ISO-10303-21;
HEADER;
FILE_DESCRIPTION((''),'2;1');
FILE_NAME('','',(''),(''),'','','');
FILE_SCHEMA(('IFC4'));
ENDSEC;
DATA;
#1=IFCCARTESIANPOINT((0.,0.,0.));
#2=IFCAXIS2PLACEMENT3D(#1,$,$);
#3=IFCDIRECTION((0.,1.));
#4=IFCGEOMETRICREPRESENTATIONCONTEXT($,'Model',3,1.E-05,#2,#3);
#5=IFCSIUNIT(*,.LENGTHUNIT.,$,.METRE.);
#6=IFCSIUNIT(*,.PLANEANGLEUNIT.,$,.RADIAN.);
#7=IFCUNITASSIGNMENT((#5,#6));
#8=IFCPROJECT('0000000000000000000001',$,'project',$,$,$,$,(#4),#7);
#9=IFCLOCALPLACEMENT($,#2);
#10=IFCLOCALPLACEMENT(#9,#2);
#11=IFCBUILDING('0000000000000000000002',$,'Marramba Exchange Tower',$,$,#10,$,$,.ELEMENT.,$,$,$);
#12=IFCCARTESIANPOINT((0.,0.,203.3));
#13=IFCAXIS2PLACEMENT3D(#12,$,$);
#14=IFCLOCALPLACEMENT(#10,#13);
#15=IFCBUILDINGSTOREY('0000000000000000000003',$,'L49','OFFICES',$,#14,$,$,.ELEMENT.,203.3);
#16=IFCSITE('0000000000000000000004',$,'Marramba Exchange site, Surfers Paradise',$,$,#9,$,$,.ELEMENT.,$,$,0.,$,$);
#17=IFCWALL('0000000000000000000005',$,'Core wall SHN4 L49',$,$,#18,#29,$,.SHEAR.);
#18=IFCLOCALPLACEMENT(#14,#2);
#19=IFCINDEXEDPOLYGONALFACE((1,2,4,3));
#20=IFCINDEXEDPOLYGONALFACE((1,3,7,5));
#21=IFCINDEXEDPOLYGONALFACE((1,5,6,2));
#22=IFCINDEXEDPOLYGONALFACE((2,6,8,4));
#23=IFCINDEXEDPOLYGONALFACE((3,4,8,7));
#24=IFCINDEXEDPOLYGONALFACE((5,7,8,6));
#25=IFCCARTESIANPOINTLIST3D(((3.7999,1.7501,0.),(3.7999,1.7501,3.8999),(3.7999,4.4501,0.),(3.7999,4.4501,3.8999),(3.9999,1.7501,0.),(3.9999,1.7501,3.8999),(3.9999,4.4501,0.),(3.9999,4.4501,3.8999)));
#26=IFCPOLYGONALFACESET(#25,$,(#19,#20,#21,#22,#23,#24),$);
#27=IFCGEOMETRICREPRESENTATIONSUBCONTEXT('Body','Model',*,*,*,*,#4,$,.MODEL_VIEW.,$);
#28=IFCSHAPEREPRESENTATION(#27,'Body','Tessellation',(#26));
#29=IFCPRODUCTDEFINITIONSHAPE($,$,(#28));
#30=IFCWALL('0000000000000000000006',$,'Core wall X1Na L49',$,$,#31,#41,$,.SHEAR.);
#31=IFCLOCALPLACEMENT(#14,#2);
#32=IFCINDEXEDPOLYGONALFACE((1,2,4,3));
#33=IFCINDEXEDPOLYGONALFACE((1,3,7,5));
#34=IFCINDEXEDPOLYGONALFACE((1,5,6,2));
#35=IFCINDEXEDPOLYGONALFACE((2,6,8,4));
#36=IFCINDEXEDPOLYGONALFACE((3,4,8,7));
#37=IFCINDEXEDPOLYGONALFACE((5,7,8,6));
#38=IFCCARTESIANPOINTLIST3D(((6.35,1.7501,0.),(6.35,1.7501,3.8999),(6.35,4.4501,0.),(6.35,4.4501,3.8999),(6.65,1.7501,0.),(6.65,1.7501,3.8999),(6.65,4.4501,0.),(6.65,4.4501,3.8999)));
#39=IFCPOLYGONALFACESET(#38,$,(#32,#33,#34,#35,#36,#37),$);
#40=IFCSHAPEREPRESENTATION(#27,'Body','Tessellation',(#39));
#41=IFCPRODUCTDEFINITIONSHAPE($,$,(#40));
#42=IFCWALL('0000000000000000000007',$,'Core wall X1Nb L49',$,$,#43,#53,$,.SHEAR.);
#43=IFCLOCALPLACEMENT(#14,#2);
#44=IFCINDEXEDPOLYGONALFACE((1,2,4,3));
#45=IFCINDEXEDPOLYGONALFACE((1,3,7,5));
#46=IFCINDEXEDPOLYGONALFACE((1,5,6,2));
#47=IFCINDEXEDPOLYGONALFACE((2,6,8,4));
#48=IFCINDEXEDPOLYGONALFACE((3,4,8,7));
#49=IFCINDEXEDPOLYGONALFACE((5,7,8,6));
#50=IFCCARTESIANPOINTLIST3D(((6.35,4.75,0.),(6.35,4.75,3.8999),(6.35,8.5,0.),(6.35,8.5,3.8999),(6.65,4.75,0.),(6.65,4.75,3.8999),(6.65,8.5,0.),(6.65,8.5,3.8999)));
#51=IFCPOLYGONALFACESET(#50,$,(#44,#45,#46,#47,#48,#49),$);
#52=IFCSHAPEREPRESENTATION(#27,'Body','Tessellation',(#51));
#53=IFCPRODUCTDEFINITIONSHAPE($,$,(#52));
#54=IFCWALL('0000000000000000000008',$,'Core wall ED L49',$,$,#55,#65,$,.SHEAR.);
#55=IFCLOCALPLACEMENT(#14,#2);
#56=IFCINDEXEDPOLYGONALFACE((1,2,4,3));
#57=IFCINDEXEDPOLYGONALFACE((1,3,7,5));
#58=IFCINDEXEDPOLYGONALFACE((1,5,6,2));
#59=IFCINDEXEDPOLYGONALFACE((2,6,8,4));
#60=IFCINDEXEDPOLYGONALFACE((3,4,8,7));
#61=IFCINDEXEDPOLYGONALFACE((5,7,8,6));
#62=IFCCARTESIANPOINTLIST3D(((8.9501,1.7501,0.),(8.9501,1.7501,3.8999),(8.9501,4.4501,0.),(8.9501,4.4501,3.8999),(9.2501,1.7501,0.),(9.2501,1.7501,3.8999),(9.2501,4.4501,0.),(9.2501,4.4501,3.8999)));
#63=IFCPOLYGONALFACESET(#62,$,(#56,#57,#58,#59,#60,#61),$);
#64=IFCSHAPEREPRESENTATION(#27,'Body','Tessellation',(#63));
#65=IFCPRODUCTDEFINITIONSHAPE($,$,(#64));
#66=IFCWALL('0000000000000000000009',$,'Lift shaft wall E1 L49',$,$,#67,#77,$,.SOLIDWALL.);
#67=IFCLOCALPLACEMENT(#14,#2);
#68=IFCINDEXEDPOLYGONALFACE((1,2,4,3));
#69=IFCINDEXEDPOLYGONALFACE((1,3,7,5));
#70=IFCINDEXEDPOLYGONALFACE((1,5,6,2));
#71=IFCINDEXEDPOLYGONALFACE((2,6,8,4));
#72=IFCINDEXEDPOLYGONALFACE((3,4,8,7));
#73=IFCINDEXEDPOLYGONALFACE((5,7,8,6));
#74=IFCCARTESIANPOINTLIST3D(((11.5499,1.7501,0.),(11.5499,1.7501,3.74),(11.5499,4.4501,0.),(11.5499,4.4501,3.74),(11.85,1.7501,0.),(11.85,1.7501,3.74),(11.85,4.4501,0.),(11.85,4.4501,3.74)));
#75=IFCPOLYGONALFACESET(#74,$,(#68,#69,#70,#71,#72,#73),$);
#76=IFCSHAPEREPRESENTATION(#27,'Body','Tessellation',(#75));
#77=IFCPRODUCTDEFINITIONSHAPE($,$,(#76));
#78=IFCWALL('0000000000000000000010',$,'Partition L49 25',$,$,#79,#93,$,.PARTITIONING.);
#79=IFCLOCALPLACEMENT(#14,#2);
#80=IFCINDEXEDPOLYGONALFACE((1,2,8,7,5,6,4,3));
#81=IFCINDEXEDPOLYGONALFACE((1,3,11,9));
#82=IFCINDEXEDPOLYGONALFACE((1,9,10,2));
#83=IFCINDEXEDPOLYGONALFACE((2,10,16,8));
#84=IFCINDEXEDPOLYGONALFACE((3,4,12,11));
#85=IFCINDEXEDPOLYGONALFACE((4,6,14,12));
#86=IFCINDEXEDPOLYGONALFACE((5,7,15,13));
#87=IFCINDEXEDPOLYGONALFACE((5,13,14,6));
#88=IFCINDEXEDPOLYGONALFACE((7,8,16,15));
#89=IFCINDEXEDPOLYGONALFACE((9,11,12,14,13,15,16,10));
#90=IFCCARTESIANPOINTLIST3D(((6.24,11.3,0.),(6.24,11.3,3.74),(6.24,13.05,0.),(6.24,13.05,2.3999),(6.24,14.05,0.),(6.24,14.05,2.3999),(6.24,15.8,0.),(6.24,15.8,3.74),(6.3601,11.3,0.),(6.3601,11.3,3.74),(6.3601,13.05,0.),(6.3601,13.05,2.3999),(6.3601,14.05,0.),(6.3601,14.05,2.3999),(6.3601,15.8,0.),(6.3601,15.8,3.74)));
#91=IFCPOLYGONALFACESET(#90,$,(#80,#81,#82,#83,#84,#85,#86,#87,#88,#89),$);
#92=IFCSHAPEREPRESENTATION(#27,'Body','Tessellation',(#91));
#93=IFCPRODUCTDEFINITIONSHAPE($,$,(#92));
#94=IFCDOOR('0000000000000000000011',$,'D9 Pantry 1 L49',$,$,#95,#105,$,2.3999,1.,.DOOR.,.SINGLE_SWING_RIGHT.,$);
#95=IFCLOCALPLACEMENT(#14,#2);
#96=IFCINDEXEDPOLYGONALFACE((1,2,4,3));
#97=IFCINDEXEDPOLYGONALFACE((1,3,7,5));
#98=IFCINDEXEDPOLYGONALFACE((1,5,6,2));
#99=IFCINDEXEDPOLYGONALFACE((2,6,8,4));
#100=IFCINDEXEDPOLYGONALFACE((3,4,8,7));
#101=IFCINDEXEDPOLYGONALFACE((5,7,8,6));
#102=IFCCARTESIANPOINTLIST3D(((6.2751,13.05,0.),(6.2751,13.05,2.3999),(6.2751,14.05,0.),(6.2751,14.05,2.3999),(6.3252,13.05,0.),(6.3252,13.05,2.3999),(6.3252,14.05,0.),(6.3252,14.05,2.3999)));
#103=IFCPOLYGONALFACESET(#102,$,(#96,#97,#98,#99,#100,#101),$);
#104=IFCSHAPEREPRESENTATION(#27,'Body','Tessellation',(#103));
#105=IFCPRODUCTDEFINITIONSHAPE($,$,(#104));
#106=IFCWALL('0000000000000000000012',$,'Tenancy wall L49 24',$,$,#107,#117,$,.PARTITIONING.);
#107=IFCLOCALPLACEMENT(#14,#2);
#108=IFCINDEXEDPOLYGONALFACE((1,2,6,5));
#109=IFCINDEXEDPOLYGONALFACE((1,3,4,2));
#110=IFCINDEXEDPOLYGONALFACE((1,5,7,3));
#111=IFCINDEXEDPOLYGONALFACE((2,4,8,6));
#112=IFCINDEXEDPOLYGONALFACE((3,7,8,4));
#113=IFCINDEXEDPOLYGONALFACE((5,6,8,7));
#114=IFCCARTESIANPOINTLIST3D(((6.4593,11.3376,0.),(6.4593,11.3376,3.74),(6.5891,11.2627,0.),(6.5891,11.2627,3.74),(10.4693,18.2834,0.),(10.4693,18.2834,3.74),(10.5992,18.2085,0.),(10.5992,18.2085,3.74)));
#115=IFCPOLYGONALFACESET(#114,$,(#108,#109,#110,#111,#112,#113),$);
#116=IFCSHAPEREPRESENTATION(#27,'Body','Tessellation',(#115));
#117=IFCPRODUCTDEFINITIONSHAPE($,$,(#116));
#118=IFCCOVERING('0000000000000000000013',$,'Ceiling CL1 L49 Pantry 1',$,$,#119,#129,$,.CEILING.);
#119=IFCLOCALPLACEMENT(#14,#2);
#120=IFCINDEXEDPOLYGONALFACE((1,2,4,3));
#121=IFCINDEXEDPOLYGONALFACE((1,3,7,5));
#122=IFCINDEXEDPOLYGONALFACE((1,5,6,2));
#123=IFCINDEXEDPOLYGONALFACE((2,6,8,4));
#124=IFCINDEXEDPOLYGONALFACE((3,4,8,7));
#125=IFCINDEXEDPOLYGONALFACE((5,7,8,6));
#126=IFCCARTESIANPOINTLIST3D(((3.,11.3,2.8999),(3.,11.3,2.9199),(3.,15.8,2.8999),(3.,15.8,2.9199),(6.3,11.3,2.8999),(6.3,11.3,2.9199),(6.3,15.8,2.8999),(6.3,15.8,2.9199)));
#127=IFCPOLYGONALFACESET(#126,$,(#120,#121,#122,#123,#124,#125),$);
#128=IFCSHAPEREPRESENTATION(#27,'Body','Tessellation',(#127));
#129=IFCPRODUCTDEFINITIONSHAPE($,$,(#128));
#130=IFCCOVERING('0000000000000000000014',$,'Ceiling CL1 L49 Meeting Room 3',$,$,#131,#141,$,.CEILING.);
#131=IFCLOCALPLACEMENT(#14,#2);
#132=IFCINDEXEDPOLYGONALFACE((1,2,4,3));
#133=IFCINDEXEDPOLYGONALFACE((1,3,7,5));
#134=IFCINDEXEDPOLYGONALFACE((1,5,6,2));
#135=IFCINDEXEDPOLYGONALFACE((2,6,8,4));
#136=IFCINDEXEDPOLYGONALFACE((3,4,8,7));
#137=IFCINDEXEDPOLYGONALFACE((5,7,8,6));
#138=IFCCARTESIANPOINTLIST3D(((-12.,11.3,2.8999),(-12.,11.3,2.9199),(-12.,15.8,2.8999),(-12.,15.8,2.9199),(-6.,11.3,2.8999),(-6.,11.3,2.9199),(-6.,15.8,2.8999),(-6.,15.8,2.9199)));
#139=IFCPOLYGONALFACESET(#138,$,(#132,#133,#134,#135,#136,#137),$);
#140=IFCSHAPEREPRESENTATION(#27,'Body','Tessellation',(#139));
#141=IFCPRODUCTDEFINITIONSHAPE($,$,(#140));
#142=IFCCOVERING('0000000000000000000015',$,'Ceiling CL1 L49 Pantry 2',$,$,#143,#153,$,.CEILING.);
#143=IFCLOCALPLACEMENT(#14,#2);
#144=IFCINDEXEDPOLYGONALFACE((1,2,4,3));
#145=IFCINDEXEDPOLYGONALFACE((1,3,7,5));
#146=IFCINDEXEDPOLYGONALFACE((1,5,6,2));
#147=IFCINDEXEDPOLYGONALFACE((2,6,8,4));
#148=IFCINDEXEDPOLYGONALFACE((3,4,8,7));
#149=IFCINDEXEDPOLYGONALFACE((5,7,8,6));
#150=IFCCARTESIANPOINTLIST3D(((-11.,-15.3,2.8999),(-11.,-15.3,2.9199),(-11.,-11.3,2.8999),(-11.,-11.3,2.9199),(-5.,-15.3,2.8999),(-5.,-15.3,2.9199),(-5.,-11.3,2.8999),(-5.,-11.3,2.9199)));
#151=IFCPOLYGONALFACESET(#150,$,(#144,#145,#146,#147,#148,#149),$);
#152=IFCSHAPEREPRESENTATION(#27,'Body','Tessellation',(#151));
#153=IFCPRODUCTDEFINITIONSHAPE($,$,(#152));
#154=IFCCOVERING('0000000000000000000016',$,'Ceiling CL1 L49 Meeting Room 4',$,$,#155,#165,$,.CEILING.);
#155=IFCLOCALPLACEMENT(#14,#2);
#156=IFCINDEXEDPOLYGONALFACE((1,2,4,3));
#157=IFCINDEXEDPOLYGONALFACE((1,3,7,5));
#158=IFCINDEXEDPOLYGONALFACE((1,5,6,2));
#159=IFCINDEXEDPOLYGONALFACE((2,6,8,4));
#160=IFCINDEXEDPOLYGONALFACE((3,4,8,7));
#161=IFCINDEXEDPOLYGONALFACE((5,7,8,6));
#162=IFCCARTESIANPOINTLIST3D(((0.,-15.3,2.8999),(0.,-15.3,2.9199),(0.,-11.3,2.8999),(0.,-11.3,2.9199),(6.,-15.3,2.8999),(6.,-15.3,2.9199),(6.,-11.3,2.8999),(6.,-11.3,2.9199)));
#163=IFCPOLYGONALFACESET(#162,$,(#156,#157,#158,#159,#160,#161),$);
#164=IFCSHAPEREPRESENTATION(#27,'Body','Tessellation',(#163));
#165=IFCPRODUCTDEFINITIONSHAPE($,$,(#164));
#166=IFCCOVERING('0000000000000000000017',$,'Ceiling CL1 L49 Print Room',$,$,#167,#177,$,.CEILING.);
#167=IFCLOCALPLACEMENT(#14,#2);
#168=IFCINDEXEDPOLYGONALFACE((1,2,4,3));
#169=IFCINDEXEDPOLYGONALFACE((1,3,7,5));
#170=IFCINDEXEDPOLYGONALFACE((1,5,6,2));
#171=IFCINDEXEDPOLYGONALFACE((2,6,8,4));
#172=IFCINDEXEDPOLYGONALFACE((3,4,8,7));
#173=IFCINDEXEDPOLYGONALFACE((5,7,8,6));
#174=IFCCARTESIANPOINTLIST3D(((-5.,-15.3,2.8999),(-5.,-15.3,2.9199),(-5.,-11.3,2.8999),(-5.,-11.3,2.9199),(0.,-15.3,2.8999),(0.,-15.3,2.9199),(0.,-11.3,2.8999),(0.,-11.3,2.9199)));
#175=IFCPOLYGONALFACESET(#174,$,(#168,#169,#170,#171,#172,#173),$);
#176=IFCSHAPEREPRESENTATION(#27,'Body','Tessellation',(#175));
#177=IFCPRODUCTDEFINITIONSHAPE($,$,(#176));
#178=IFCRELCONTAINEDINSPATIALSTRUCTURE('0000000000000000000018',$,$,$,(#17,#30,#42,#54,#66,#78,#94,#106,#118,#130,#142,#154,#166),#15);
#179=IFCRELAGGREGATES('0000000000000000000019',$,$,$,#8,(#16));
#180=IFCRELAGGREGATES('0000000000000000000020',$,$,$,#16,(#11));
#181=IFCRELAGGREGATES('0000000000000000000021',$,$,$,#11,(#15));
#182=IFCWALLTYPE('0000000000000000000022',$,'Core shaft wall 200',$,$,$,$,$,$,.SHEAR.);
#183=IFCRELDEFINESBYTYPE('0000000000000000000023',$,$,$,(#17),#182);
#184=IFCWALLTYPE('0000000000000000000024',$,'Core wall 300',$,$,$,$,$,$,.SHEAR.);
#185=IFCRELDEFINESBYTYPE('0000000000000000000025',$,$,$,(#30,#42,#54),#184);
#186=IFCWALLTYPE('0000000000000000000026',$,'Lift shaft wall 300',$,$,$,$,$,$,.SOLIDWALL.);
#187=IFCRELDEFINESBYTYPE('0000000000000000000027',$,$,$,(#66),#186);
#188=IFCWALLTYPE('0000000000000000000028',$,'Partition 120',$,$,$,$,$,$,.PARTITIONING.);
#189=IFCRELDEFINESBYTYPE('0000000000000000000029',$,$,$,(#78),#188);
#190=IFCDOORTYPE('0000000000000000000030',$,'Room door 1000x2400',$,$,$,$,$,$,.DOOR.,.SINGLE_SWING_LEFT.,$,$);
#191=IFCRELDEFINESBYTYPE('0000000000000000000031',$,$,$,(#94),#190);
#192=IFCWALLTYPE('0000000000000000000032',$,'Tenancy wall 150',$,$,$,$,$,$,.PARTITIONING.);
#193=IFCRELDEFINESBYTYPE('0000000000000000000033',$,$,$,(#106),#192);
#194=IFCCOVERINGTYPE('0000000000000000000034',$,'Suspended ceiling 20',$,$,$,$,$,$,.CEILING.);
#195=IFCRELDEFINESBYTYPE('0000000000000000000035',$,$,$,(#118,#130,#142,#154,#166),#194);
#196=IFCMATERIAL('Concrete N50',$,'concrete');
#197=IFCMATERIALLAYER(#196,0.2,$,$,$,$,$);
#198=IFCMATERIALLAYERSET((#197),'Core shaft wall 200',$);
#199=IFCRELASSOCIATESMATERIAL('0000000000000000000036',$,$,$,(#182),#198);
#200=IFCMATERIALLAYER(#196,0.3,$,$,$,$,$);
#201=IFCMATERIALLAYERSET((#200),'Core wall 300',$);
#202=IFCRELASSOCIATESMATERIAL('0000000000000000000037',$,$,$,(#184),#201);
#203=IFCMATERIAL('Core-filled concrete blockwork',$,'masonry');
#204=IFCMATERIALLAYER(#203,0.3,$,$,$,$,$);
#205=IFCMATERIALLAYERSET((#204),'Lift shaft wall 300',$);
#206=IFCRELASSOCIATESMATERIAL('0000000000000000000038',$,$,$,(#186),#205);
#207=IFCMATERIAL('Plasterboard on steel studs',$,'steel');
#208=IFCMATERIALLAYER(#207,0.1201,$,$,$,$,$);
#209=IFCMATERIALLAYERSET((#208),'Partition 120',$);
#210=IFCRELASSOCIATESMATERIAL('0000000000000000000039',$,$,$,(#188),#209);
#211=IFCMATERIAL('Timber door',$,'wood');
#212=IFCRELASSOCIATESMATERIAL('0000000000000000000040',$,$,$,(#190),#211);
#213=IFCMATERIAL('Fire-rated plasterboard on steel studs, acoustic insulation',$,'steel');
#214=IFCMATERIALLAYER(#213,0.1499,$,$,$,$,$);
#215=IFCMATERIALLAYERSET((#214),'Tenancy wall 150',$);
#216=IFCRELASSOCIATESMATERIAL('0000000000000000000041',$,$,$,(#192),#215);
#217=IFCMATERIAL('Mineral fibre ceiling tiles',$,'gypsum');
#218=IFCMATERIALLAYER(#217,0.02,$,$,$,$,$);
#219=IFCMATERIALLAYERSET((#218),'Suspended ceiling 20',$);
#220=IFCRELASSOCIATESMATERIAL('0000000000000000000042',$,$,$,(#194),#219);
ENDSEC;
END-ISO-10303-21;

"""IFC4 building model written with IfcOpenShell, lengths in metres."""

from ifc_helpers import new_model, si_unit, direction, frame, frame_2d, origin, place, context, subcontext, project, spatial, polyline, rectangle, outline, extrude, material, layer, layer_set, type_object, element, fill, save


model = new_model("IFC4")

# Units and contexts
model_context = context("Model", 3, precision=1e-05, world=origin(), true_north=direction((0.0, 1.0)))
body_context = subcontext(model_context, "Body", "Model", "MODEL_VIEW")
ifc_project = project(units=[si_unit("LENGTHUNIT", "METRE"), si_unit("PLANEANGLEUNIT", "RADIAN")], contexts=[model_context])

# Site, building, storey
site_placement = place(None, origin())
site = spatial("IfcSite", under=ifc_project, at=site_placement, Name="Marramba Exchange site, Surfers Paradise", CompositionType="ELEMENT", RefElevation=0.0)
building_placement = place(site_placement, origin())
building = spatial("IfcBuilding", under=site, at=building_placement, Name="Marramba Exchange Tower", CompositionType="ELEMENT")
storey_placement = place(building_placement, frame((0.0, 0.0, 203.3)))
storey = spatial("IfcBuildingStorey", under=building, at=storey_placement, Name="L49", Description="OFFICES", CompositionType="ELEMENT", Elevation=203.3)

# Shared definitions
ifc_material_1 = material(Name="Timber door", Category="wood")

# Walls
ifc_material_2 = material(Name="Concrete N50", Category="concrete")
ifc_layer_1 = layer(ifc_material_2, 0.2)
ifc_layer_set_1 = layer_set([ifc_layer_1], Name="Core shaft wall 200")
wall_type_1 = type_object("IfcWallType", Name="Core shaft wall 200", PredefinedType="SHEAR", material=ifc_layer_set_1)
for number, where, z_axis, x_axis, name in (
    (1, (3.8999, 1.75, 0.0), (0.0, 0.0, 1.0), (0.0, 1.0, 0.0), "Core wall SHN4 L49"),
):
    element("IfcWall", number, at=place(storey_placement, frame(where, z_axis=z_axis, x_axis=x_axis)), inside=storey, type_object=wall_type_1, Name=name, PredefinedType="SHEAR", context=body_context, shape_type="SweptSolid", body=[
        extrude(rectangle(XDim=2.7, YDim=0.2, at=frame_2d((1.3501, 0.0))), origin(), (0.0, 0.0, 1.0), 3.8999),
    ])
ifc_layer_2 = layer(ifc_material_2, 0.3)
ifc_layer_set_2 = layer_set([ifc_layer_2], Name="Core wall 300")
wall_type_2 = type_object("IfcWallType", Name="Core wall 300", PredefinedType="SHEAR", material=ifc_layer_set_2)
wall_1_placement = place(storey_placement, frame((6.5, 1.75, 0.0), z_axis=(0.0, 0.0, 1.0), x_axis=(0.0, 1.0, 0.0)))
element("IfcWall", 2, at=wall_1_placement, inside=storey, type_object=wall_type_2, Name="Core wall X1Na L49", PredefinedType="SHEAR", context=body_context, shape_type="SweptSolid", body=[
    extrude(rectangle(XDim=2.7, YDim=0.3, at=frame_2d((1.3501, 0.0))), origin(), (0.0, 0.0, 1.0), 3.8999),
])
wall_2_placement = place(storey_placement, frame((6.5, 4.75, 0.0), z_axis=(0.0, 0.0, 1.0), x_axis=(0.0, 1.0, 0.0)))
element("IfcWall", 3, at=wall_2_placement, inside=storey, type_object=wall_type_2, Name="Core wall X1Nb L49", PredefinedType="SHEAR", context=body_context, shape_type="SweptSolid", body=[
    extrude(rectangle(XDim=3.75, YDim=0.3, at=frame_2d((1.875, 0.0))), origin(), (0.0, 0.0, 1.0), 3.8999),
])
wall_3_placement = place(storey_placement, frame((9.1001, 1.75, 0.0), z_axis=(0.0, 0.0, 1.0), x_axis=(0.0, 1.0, 0.0)))
element("IfcWall", 4, at=wall_3_placement, inside=storey, type_object=wall_type_2, Name="Core wall ED L49", PredefinedType="SHEAR", context=body_context, shape_type="SweptSolid", body=[
    extrude(rectangle(XDim=2.7, YDim=0.3, at=frame_2d((1.3501, 0.0))), origin(), (0.0, 0.0, 1.0), 3.8999),
])
ifc_material_3 = material(Name="Core-filled concrete blockwork", Category="masonry")
ifc_layer_3 = layer(ifc_material_3, 0.3)
ifc_layer_set_3 = layer_set([ifc_layer_3], Name="Lift shaft wall 300")
wall_type_3 = type_object("IfcWallType", Name="Lift shaft wall 300", PredefinedType="SOLIDWALL", material=ifc_layer_set_3)
wall_4_placement = place(storey_placement, frame((11.7, 1.75, 0.0), z_axis=(0.0, 0.0, 1.0), x_axis=(0.0, 1.0, 0.0)))
element("IfcWall", 5, at=wall_4_placement, inside=storey, type_object=wall_type_3, Name="Lift shaft wall E1 L49", PredefinedType="SOLIDWALL", context=body_context, shape_type="SweptSolid", body=[
    extrude(rectangle(XDim=2.7, YDim=0.3, at=frame_2d((1.3501, 0.0))), origin(), (0.0, 0.0, 1.0), 3.74),
])

# Wall, opening, door
ifc_material_4 = material(Name="Plasterboard on steel studs", Category="steel")
ifc_layer_4 = layer(ifc_material_4, 0.1201)
ifc_layer_set_4 = layer_set([ifc_layer_4], Name="Partition 120")
wall_type_4 = type_object("IfcWallType", Name="Partition 120", PredefinedType="PARTITIONING", material=ifc_layer_set_4)
wall_5_placement = place(storey_placement, frame((6.3, 11.3, 0.0), z_axis=(0.0, 0.0, 1.0), x_axis=(0.0, 1.0, 0.0)))
wall_5 = element("IfcWall", 6, at=wall_5_placement, inside=storey, type_object=wall_type_4, Name="Partition L49 25", PredefinedType="PARTITIONING", context=body_context, shape_type="SweptSolid", body=[
    extrude(rectangle(XDim=4.5, YDim=0.1201, at=frame_2d((2.25, 0.0))), origin(), (0.0, 0.0, 1.0), 3.74),
])
opening_1_placement = place(wall_5_placement, frame((1.75, 0.0, 0.0)))
opening_1 = element("IfcOpeningElement", 7, at=opening_1_placement, cuts=wall_5, PredefinedType="OPENING", context=body_context, shape_type="SweptSolid", body=[
    extrude(rectangle(XDim=1.0, YDim=2.3999, at=frame_2d((0.5, 1.2))), frame((0.0, 0.0701, 0.0), z_axis=(0.0, -1.0, 0.0), x_axis=(1.0, 0.0, 0.0)), (0.0, 0.0, 1.0), 0.1401),
])
door_type_1 = type_object("IfcDoorType", Name="Room door 1000x2400", OperationType="SINGLE_SWING_LEFT", PredefinedType="DOOR", material=ifc_material_1)
door_1_placement = place(opening_1_placement, origin())
door_1 = element("IfcDoor", 8, at=door_1_placement, inside=storey, type_object=door_type_1, Name="D9 Pantry 1 L49", OperationType="SINGLE_SWING_RIGHT", OverallHeight=2.3999, OverallWidth=1.0, PredefinedType="DOOR", context=body_context, shape_type="SweptSolid", body=[
    extrude(rectangle(XDim=1.0, YDim=2.3999, at=frame_2d((0.5, 1.2))), frame((0.0, 0.0249, 0.0), z_axis=(0.0, -1.0, 0.0), x_axis=(1.0, 0.0, 0.0)), (0.0, 0.0, 1.0), 0.05),
])
fill(opening_1, door_1)

# Wall
ifc_material_5 = material(Name="Fire-rated plasterboard on steel studs, acoustic insulation", Category="steel")
ifc_layer_5 = layer(ifc_material_5, 0.1499)
ifc_layer_set_5 = layer_set([ifc_layer_5], Name="Tenancy wall 150")
wall_type_5 = type_object("IfcWallType", Name="Tenancy wall 150", PredefinedType="PARTITIONING", material=ifc_layer_set_5)
wall_6_placement = place(storey_placement, frame((6.5242, 11.3, 0.0), z_axis=(0.0, 0.0, 1.0), x_axis=(0.499986, 0.866034, 0.0)))
element("IfcWall", 9, at=wall_6_placement, inside=storey, type_object=wall_type_5, Name="Tenancy wall L49 24", PredefinedType="PARTITIONING", context=body_context, shape_type="SweptSolid", body=[
    extrude(rectangle(XDim=8.0203, YDim=0.1499, at=frame_2d((4.0103, 0.0))), origin(), (0.0, 0.0, 1.0), 3.74),
])

# Coverings
ifc_material_6 = material(Name="Mineral fibre ceiling tiles", Category="gypsum")
ifc_layer_6 = layer(ifc_material_6, 0.02)
ifc_layer_set_6 = layer_set([ifc_layer_6], Name="Suspended ceiling 20")
covering_type = type_object("IfcCoveringType", Name="Suspended ceiling 20", PredefinedType="CEILING", material=ifc_layer_set_6)
covering_1_placement = place(storey_placement, frame((0.0, 0.0, 2.8999)))
element("IfcCovering", 10, at=covering_1_placement, inside=storey, type_object=covering_type, Name="Ceiling CL1 L49 Pantry 1", PredefinedType="CEILING", context=body_context, shape_type="SweptSolid", body=[
    extrude(outline(polyline([(6.3, 11.3), (3.0, 11.3), (3.0, 15.8), (6.3, 15.8), (6.3, 11.3)])), origin(), (0.0, 0.0, 1.0), 0.02),
])
covering_2_placement = place(storey_placement, frame((0.0, 0.0, 2.8999)))
element("IfcCovering", 11, at=covering_2_placement, inside=storey, type_object=covering_type, Name="Ceiling CL1 L49 Meeting Room 3", PredefinedType="CEILING", context=body_context, shape_type="SweptSolid", body=[
    extrude(outline(polyline([(-6.0, 11.3), (-12.0, 11.3), (-12.0, 15.8), (-6.0, 15.8), (-6.0, 11.3)])), origin(), (0.0, 0.0, 1.0), 0.02),
])
covering_3_placement = place(storey_placement, frame((0.0, 0.0, 2.8999)))
element("IfcCovering", 12, at=covering_3_placement, inside=storey, type_object=covering_type, Name="Ceiling CL1 L49 Pantry 2", PredefinedType="CEILING", context=body_context, shape_type="SweptSolid", body=[
    extrude(outline(polyline([(-5.0, -15.3), (-11.0, -15.3), (-11.0, -11.3), (-5.0, -11.3), (-5.0, -15.3)])), origin(), (0.0, 0.0, 1.0), 0.02),
])
covering_4_placement = place(storey_placement, frame((0.0, 0.0, 2.8999)))
element("IfcCovering", 13, at=covering_4_placement, inside=storey, type_object=covering_type, Name="Ceiling CL1 L49 Meeting Room 4", PredefinedType="CEILING", context=body_context, shape_type="SweptSolid", body=[
    extrude(outline(polyline([(6.0, -15.3), (0.0, -15.3), (0.0, -11.3), (6.0, -11.3), (6.0, -15.3)])), origin(), (0.0, 0.0, 1.0), 0.02),
])
covering_5_placement = place(storey_placement, frame((0.0, 0.0, 2.8999)))
element("IfcCovering", 14, at=covering_5_placement, inside=storey, type_object=covering_type, Name="Ceiling CL1 L49 Print Room", PredefinedType="CEILING", context=body_context, shape_type="SweptSolid", body=[
    extrude(outline(polyline([(0.0, -15.3), (-5.0, -15.3), (-5.0, -11.3), (0.0, -11.3), (0.0, -15.3)])), origin(), (0.0, 0.0, 1.0), 0.02),
])

save(model, "model.ifc")
